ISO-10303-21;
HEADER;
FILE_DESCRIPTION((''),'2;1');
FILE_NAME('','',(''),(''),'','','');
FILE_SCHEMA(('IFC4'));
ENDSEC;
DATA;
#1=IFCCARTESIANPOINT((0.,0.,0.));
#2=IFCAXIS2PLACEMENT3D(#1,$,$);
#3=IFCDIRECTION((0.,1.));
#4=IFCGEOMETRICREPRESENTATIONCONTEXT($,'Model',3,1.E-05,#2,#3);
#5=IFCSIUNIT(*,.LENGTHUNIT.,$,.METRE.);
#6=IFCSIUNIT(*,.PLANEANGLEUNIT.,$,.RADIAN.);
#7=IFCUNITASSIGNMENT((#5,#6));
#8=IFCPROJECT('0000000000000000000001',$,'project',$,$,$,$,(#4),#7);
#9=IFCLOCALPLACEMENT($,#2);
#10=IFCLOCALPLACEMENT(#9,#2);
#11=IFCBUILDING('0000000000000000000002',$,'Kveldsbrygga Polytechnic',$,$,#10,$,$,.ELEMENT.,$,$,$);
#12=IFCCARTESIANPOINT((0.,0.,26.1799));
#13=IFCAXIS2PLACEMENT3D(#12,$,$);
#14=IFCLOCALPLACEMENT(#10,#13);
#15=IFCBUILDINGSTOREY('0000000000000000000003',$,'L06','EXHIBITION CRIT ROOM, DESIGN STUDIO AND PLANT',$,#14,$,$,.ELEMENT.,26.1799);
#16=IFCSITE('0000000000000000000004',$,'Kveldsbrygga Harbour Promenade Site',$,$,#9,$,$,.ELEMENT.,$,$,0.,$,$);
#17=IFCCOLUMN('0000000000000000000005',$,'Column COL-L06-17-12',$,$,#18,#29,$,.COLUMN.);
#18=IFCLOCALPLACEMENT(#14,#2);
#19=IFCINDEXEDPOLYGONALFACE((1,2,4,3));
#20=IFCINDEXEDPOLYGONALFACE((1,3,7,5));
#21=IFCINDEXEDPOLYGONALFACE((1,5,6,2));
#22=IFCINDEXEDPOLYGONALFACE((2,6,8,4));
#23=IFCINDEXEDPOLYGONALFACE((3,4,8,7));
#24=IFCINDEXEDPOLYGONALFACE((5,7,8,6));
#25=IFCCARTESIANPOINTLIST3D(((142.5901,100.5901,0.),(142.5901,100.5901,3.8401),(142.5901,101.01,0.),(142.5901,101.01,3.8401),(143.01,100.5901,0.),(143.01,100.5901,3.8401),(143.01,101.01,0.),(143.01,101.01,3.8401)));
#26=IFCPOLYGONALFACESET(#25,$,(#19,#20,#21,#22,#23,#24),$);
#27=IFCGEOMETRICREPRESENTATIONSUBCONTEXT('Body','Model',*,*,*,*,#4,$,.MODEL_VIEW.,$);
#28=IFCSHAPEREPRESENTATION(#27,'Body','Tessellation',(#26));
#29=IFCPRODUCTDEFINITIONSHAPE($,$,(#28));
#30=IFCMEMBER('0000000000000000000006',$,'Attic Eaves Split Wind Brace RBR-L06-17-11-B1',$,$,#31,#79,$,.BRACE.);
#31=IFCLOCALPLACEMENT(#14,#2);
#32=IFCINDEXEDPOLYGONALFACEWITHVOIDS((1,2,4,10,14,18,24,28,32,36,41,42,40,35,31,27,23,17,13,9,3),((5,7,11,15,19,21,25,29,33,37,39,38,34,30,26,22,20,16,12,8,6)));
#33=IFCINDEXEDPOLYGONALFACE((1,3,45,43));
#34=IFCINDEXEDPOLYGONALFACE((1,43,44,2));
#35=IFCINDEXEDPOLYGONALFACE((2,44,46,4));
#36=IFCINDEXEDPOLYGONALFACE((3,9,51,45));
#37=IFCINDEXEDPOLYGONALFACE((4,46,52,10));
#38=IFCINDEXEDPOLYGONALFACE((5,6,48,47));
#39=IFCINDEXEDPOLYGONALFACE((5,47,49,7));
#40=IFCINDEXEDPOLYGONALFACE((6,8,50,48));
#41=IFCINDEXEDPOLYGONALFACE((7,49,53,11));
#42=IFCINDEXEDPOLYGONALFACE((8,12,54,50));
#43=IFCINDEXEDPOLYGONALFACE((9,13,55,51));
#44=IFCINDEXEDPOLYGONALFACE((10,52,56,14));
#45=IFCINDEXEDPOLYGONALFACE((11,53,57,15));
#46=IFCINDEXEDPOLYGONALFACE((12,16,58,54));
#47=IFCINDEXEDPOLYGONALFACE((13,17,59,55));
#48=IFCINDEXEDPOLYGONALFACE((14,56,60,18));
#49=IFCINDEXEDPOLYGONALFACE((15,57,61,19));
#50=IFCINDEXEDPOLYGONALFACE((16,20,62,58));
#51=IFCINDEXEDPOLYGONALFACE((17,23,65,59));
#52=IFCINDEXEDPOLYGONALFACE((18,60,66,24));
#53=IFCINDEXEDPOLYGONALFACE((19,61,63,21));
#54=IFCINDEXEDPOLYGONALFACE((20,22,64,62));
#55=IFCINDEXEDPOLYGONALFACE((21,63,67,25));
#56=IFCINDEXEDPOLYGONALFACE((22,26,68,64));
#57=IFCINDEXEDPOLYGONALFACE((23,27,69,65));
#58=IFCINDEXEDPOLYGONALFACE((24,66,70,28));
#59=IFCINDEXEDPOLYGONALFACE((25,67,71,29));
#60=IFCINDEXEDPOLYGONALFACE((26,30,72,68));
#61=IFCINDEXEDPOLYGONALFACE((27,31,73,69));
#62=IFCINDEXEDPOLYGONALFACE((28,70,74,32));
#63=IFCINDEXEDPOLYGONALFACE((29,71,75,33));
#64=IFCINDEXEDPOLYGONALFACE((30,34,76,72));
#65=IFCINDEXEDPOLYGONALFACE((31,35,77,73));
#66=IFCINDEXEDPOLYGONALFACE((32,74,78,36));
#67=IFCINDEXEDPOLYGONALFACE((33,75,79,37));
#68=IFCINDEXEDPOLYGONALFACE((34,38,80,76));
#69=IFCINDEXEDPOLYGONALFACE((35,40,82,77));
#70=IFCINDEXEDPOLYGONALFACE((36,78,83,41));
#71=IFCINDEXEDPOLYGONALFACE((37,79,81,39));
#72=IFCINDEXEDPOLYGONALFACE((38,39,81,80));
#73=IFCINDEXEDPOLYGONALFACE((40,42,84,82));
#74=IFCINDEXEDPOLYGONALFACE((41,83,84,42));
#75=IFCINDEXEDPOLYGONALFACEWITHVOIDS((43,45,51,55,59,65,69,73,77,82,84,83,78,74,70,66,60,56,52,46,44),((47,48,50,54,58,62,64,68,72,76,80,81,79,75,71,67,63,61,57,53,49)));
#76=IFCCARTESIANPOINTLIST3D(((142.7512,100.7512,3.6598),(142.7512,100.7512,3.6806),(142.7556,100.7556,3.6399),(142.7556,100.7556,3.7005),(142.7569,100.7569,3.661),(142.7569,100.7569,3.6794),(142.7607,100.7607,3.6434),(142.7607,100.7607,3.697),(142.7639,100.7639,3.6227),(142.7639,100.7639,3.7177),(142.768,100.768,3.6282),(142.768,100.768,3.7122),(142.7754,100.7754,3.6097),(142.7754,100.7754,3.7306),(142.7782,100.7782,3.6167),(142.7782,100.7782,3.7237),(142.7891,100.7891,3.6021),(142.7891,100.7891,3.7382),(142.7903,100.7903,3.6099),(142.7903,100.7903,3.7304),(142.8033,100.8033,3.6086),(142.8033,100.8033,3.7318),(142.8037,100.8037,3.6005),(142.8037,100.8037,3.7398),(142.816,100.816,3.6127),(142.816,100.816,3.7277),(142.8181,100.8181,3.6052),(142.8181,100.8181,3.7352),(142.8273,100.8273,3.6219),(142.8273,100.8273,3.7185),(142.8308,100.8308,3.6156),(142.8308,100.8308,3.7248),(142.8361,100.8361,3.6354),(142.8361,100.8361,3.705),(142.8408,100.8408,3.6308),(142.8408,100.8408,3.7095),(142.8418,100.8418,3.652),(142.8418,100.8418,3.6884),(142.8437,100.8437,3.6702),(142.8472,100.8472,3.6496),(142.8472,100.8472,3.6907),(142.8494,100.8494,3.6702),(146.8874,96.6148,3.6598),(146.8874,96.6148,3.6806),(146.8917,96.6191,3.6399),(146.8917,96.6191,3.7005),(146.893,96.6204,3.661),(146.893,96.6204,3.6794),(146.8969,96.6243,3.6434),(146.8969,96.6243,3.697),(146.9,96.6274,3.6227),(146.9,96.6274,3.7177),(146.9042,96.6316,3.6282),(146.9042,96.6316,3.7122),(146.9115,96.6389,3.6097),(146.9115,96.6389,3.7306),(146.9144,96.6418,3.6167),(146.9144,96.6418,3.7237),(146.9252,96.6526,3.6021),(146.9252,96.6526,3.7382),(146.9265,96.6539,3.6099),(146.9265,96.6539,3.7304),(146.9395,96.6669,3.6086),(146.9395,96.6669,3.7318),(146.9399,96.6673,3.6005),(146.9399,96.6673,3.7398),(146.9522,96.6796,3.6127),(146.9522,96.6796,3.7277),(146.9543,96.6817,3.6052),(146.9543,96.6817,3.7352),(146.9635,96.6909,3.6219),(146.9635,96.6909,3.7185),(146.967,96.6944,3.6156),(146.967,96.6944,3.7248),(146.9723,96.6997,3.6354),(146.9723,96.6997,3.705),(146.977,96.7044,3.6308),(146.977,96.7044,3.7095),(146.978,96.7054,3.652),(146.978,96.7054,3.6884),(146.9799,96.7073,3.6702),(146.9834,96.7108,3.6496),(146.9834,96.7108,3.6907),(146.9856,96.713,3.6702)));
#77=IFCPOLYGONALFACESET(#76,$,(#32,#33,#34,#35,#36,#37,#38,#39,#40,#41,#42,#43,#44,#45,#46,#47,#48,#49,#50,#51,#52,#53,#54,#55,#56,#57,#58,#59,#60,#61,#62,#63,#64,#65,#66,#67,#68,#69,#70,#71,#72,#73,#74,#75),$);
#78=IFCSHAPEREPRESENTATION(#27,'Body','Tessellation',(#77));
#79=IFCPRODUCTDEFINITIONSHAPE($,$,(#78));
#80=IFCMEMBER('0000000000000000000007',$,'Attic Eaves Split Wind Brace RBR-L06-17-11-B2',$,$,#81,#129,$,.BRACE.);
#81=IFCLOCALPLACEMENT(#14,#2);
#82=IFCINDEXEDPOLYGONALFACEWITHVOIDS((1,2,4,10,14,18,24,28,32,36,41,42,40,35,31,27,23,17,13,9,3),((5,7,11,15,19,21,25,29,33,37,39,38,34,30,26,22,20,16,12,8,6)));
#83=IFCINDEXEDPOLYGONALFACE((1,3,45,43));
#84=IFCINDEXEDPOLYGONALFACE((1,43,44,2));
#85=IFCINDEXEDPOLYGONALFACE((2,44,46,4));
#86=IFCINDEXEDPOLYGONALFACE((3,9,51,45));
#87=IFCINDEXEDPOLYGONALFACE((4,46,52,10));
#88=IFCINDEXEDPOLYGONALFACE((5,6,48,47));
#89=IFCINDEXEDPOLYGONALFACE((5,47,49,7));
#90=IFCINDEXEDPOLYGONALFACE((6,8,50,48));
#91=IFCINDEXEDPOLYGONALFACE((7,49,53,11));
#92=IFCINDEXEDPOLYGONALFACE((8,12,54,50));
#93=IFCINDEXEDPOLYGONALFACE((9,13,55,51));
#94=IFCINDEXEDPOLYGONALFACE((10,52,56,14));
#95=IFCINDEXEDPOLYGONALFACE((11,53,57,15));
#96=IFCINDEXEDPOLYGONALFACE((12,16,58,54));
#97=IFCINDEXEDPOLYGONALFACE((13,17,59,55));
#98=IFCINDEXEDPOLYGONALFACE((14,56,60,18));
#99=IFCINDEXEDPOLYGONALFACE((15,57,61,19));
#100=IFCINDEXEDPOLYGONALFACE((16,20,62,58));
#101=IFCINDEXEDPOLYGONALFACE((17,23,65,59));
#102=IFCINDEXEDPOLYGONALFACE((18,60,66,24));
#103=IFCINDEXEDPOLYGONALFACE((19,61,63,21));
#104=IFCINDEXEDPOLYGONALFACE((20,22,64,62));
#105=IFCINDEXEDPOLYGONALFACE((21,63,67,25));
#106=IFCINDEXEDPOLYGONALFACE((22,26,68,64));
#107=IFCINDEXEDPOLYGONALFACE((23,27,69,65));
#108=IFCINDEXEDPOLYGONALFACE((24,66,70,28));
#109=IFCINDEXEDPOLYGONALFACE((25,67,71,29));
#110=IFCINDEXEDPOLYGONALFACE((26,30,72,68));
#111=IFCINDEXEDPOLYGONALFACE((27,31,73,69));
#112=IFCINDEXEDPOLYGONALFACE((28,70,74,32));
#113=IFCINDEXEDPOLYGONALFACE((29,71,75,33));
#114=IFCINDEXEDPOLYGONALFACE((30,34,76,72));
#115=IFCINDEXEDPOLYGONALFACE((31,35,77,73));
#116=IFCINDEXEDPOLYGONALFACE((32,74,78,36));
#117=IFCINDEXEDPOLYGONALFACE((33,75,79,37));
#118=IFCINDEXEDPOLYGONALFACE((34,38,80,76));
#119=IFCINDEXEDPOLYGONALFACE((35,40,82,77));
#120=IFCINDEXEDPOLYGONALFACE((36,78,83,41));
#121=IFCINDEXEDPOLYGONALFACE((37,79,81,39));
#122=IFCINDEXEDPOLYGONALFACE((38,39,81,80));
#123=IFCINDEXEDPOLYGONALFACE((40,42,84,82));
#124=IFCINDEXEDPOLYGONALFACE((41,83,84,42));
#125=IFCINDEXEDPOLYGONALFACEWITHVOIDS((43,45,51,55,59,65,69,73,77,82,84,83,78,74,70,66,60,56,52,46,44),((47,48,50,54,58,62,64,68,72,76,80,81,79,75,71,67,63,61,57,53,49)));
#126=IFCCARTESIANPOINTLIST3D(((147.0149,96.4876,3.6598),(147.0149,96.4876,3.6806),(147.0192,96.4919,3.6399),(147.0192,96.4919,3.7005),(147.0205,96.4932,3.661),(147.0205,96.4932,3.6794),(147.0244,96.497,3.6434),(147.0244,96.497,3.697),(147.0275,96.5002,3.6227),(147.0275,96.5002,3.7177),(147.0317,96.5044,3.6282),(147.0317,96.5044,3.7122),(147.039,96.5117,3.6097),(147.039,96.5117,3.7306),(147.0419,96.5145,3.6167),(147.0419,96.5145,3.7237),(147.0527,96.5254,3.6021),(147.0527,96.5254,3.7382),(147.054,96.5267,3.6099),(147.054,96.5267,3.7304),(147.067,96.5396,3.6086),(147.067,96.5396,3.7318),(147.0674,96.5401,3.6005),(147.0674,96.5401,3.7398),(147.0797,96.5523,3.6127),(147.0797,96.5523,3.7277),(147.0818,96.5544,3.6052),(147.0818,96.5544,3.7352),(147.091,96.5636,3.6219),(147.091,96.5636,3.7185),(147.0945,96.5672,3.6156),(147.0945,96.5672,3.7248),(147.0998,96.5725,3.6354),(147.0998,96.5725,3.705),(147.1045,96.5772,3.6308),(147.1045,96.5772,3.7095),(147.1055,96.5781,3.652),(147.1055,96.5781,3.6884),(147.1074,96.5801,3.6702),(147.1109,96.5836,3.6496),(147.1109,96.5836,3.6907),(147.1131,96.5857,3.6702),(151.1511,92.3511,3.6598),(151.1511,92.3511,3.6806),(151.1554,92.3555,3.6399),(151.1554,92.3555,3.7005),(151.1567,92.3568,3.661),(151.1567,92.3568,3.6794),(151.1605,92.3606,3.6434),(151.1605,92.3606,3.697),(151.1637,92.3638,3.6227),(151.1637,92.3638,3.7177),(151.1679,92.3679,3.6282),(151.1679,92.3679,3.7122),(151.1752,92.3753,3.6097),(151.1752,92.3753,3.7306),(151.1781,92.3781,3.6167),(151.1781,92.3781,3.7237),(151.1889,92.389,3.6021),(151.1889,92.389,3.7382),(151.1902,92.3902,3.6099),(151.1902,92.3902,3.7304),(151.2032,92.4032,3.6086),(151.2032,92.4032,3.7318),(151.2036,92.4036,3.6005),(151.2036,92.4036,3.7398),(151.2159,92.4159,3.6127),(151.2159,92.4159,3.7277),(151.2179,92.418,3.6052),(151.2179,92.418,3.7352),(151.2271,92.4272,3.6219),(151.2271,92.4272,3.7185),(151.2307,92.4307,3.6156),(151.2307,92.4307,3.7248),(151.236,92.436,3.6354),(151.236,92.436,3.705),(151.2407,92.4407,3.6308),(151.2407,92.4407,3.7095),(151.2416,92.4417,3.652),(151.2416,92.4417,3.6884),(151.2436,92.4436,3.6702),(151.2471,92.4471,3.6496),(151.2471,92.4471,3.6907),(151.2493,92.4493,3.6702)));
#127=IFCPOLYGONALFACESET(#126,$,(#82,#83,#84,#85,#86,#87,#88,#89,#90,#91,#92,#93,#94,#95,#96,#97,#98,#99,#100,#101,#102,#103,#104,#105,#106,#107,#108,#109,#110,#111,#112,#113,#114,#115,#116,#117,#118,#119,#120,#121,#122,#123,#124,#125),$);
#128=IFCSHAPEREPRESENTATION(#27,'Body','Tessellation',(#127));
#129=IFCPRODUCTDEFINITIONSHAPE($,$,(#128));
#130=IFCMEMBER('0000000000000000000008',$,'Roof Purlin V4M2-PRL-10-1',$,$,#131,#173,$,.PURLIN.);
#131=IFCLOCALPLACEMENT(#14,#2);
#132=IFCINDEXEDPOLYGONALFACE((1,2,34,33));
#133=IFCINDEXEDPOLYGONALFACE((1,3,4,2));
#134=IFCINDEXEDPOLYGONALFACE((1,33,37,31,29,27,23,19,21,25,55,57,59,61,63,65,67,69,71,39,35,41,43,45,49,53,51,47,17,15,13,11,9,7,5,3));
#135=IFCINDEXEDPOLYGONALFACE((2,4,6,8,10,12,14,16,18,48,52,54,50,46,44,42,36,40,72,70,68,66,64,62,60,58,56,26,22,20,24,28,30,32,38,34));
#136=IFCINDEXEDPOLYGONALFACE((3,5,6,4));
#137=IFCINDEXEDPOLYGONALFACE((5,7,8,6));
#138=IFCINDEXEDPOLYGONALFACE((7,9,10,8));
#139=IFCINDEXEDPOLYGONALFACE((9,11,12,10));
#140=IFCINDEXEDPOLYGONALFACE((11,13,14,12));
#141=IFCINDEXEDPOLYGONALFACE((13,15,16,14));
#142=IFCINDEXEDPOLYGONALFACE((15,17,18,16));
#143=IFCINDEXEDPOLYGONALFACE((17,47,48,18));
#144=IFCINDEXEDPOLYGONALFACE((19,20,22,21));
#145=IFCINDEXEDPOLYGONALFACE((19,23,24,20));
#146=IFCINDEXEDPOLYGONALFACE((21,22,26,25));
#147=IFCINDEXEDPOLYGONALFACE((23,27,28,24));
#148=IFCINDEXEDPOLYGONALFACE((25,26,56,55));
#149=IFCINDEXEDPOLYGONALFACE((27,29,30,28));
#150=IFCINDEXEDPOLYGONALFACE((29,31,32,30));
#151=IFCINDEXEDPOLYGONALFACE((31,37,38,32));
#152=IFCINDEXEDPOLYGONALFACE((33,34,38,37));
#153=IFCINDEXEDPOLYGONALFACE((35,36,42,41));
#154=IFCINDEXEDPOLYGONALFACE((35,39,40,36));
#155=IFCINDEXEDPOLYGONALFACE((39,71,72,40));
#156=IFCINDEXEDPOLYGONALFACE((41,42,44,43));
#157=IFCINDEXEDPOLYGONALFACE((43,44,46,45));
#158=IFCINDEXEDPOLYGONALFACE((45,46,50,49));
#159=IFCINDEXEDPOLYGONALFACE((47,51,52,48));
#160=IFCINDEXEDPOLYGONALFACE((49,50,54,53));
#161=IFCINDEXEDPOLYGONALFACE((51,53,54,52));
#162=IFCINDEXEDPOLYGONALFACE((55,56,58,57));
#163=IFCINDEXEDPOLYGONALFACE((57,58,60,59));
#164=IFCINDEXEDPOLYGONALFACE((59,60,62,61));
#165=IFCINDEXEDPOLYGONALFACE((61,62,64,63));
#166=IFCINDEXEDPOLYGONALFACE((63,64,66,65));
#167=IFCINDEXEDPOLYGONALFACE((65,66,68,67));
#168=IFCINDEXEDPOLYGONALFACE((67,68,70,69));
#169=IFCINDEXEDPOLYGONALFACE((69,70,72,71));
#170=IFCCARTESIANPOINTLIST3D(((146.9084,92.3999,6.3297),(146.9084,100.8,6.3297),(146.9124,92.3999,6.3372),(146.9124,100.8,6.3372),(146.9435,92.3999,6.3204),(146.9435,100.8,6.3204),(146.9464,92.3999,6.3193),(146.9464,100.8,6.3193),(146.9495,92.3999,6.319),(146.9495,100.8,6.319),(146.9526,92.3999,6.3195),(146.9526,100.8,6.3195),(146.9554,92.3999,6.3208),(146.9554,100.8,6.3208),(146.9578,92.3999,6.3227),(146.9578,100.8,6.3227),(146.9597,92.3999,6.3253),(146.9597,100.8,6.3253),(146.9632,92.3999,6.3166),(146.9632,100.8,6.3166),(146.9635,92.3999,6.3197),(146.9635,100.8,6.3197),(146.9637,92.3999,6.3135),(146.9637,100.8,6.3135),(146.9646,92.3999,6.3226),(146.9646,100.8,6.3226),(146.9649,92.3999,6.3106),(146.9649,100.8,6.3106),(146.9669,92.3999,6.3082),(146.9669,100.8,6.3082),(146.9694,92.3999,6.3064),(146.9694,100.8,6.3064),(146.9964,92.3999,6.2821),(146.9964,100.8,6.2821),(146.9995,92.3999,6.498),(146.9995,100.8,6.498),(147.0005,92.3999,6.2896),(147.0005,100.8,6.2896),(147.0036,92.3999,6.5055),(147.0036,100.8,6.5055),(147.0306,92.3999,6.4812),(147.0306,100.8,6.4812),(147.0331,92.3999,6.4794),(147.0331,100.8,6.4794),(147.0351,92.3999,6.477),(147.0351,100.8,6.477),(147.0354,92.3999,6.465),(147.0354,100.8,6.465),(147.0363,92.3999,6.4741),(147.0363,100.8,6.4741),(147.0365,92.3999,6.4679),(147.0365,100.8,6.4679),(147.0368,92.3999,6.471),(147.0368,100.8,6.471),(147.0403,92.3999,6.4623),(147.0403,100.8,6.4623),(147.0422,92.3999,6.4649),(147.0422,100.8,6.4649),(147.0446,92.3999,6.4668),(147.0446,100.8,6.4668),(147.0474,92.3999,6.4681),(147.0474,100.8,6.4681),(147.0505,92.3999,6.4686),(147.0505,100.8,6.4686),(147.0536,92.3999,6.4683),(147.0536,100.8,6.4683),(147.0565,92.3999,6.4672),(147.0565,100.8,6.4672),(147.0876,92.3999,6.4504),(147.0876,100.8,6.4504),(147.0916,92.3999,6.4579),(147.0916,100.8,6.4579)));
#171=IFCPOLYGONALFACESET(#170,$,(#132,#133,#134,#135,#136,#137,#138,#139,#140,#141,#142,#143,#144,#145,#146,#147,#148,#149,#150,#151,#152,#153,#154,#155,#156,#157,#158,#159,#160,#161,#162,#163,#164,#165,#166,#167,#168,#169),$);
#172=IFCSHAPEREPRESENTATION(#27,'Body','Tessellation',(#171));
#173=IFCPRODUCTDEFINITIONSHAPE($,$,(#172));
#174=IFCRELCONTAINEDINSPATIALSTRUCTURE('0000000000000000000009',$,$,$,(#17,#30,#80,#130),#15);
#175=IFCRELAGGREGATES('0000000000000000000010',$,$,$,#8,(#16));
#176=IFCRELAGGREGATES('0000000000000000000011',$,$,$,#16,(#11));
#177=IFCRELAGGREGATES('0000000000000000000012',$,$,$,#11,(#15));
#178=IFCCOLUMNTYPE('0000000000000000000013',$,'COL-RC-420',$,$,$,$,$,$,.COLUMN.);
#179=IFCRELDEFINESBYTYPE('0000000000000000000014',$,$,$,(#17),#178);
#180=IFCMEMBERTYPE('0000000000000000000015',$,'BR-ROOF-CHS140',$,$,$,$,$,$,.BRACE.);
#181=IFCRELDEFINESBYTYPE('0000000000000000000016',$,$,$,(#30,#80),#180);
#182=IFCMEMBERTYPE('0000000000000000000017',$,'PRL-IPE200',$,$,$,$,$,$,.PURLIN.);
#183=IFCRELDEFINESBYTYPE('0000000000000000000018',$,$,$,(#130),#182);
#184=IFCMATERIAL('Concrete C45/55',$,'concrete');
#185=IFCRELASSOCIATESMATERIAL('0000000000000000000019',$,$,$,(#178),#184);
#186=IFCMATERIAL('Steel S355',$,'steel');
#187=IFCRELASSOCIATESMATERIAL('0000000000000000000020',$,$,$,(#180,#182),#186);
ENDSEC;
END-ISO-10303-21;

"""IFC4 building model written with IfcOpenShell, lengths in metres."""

from ifc_helpers import new_model, si_unit, direction, frame, origin, origin_2d, place, context, subcontext, project, spatial, rectangle, hollow_circle, i_section, extrude, material, material_profile, profile_set, type_object, element, save


model = new_model("IFC4")

# Units and contexts
model_context = context("Model", 3, precision=1e-05, world=origin(), true_north=direction((0.0, 1.0)))
body_context = subcontext(model_context, "Body", "Model", "MODEL_VIEW")
ifc_project = project(units=[si_unit("LENGTHUNIT", "METRE"), si_unit("PLANEANGLEUNIT", "RADIAN")], contexts=[model_context])

# Site, building, storey
site_placement = place(None, origin())
site = spatial("IfcSite", under=ifc_project, at=site_placement, Name="Kveldsbrygga Harbour Promenade Site", CompositionType="ELEMENT", RefElevation=0.0)
building_placement = place(site_placement, origin())
building = spatial("IfcBuilding", under=site, at=building_placement, Name="Kveldsbrygga Polytechnic", CompositionType="ELEMENT")
storey_placement = place(building_placement, frame((0.0, 0.0, 26.1799)))
storey = spatial("IfcBuildingStorey", under=building, at=storey_placement, Name="L06", Description="EXHIBITION CRIT ROOM, DESIGN STUDIO AND PLANT", CompositionType="ELEMENT", Elevation=26.1799)

# Column
ifc_material_1 = material(Name="Concrete C45/55", Category="concrete")
ifc_material_profile_1 = material_profile(ifc_material_1, rectangle(XDim=0.4199, YDim=0.4199, at=origin_2d()), Name="RC 420x420")
ifc_profile_set_1 = profile_set([ifc_material_profile_1], Name="Concrete C45/55")
column_type = type_object("IfcColumnType", Name="COL-RC-420", PredefinedType="COLUMN", material=ifc_profile_set_1)
column_placement = place(storey_placement, frame((142.8, 100.8, 0.0), z_axis=(0.0, 0.0, 1.0), x_axis=(1.0, 0.0, 0.0)))
element("IfcColumn", 1, at=column_placement, inside=storey, type_object=column_type, Name="Column COL-L06-17-12", PredefinedType="COLUMN", context=body_context, shape_type="SweptSolid", body=[
    extrude(rectangle(XDim=0.4199, YDim=0.4199, at=origin_2d()), origin(), (0.0, 0.0, 1.0), 3.8401),
])

# Members
ifc_material_2 = material(Name="Steel S355", Category="steel")
ifc_material_profile_2 = material_profile(ifc_material_2, hollow_circle(Radius=0.0698, WallThickness=0.0081, at=origin_2d()), Name="CHS 139.7x8.0")
ifc_profile_set_2 = profile_set([ifc_material_profile_2], Name="Steel S355")
member_type_1 = type_object("IfcMemberType", Name="BR-ROOF-CHS140", PredefinedType="BRACE", material=ifc_profile_set_2)
for number, where, z_axis, x_axis, name in (
    (2, (142.8, 100.8, 3.6702), (0.707086, -0.707128, 0.0), (0.707128, 0.707086, 0.0), "Attic Eaves Split Wind Brace RBR-L06-17-11-B1"),
    (3, (147.0637, 96.5364, 3.6702), (0.707086, -0.707128, 0.0), (0.707128, 0.707086, 0.0), "Attic Eaves Split Wind Brace RBR-L06-17-11-B2"),
):
    element("IfcMember", number, at=place(storey_placement, frame(where, z_axis=z_axis, x_axis=x_axis)), inside=storey, type_object=member_type_1, Name=name, PredefinedType="BRACE", context=body_context, shape_type="SweptSolid", body=[
        extrude(hollow_circle(Radius=0.0698, WallThickness=0.0081, at=origin_2d()), origin(), (0.0, 0.0, 1.0), 5.8496),
    ])
ifc_material_profile_3 = material_profile(ifc_material_2, i_section(OverallWidth=0.1001, OverallDepth=0.2, WebThickness=0.0056, FlangeThickness=0.0085, FilletRadius=0.012, at=origin_2d()), Name="IPE 200")
ifc_profile_set_3 = profile_set([ifc_material_profile_3], Name="Steel S355")
member_type_2 = type_object("IfcMemberType", Name="PRL-IPE200", PredefinedType="PURLIN", material=ifc_profile_set_3)
member_1_placement = place(storey_placement, frame((147.0, 92.3999, 6.3938), z_axis=(0.0, 1.0, 0.0), x_axis=(-0.879292, 0.0, 0.476283)))
element("IfcMember", 4, at=member_1_placement, inside=storey, type_object=member_type_2, Name="Roof Purlin V4M2-PRL-10-1", PredefinedType="PURLIN", context=body_context, shape_type="SweptSolid", body=[
    extrude(i_section(OverallWidth=0.1001, OverallDepth=0.2, WebThickness=0.0056, FlangeThickness=0.0085, FilletRadius=0.012, at=origin_2d()), origin(), (0.0, 0.0, 1.0), 8.4001),
])

save(model, "model.ifc")
